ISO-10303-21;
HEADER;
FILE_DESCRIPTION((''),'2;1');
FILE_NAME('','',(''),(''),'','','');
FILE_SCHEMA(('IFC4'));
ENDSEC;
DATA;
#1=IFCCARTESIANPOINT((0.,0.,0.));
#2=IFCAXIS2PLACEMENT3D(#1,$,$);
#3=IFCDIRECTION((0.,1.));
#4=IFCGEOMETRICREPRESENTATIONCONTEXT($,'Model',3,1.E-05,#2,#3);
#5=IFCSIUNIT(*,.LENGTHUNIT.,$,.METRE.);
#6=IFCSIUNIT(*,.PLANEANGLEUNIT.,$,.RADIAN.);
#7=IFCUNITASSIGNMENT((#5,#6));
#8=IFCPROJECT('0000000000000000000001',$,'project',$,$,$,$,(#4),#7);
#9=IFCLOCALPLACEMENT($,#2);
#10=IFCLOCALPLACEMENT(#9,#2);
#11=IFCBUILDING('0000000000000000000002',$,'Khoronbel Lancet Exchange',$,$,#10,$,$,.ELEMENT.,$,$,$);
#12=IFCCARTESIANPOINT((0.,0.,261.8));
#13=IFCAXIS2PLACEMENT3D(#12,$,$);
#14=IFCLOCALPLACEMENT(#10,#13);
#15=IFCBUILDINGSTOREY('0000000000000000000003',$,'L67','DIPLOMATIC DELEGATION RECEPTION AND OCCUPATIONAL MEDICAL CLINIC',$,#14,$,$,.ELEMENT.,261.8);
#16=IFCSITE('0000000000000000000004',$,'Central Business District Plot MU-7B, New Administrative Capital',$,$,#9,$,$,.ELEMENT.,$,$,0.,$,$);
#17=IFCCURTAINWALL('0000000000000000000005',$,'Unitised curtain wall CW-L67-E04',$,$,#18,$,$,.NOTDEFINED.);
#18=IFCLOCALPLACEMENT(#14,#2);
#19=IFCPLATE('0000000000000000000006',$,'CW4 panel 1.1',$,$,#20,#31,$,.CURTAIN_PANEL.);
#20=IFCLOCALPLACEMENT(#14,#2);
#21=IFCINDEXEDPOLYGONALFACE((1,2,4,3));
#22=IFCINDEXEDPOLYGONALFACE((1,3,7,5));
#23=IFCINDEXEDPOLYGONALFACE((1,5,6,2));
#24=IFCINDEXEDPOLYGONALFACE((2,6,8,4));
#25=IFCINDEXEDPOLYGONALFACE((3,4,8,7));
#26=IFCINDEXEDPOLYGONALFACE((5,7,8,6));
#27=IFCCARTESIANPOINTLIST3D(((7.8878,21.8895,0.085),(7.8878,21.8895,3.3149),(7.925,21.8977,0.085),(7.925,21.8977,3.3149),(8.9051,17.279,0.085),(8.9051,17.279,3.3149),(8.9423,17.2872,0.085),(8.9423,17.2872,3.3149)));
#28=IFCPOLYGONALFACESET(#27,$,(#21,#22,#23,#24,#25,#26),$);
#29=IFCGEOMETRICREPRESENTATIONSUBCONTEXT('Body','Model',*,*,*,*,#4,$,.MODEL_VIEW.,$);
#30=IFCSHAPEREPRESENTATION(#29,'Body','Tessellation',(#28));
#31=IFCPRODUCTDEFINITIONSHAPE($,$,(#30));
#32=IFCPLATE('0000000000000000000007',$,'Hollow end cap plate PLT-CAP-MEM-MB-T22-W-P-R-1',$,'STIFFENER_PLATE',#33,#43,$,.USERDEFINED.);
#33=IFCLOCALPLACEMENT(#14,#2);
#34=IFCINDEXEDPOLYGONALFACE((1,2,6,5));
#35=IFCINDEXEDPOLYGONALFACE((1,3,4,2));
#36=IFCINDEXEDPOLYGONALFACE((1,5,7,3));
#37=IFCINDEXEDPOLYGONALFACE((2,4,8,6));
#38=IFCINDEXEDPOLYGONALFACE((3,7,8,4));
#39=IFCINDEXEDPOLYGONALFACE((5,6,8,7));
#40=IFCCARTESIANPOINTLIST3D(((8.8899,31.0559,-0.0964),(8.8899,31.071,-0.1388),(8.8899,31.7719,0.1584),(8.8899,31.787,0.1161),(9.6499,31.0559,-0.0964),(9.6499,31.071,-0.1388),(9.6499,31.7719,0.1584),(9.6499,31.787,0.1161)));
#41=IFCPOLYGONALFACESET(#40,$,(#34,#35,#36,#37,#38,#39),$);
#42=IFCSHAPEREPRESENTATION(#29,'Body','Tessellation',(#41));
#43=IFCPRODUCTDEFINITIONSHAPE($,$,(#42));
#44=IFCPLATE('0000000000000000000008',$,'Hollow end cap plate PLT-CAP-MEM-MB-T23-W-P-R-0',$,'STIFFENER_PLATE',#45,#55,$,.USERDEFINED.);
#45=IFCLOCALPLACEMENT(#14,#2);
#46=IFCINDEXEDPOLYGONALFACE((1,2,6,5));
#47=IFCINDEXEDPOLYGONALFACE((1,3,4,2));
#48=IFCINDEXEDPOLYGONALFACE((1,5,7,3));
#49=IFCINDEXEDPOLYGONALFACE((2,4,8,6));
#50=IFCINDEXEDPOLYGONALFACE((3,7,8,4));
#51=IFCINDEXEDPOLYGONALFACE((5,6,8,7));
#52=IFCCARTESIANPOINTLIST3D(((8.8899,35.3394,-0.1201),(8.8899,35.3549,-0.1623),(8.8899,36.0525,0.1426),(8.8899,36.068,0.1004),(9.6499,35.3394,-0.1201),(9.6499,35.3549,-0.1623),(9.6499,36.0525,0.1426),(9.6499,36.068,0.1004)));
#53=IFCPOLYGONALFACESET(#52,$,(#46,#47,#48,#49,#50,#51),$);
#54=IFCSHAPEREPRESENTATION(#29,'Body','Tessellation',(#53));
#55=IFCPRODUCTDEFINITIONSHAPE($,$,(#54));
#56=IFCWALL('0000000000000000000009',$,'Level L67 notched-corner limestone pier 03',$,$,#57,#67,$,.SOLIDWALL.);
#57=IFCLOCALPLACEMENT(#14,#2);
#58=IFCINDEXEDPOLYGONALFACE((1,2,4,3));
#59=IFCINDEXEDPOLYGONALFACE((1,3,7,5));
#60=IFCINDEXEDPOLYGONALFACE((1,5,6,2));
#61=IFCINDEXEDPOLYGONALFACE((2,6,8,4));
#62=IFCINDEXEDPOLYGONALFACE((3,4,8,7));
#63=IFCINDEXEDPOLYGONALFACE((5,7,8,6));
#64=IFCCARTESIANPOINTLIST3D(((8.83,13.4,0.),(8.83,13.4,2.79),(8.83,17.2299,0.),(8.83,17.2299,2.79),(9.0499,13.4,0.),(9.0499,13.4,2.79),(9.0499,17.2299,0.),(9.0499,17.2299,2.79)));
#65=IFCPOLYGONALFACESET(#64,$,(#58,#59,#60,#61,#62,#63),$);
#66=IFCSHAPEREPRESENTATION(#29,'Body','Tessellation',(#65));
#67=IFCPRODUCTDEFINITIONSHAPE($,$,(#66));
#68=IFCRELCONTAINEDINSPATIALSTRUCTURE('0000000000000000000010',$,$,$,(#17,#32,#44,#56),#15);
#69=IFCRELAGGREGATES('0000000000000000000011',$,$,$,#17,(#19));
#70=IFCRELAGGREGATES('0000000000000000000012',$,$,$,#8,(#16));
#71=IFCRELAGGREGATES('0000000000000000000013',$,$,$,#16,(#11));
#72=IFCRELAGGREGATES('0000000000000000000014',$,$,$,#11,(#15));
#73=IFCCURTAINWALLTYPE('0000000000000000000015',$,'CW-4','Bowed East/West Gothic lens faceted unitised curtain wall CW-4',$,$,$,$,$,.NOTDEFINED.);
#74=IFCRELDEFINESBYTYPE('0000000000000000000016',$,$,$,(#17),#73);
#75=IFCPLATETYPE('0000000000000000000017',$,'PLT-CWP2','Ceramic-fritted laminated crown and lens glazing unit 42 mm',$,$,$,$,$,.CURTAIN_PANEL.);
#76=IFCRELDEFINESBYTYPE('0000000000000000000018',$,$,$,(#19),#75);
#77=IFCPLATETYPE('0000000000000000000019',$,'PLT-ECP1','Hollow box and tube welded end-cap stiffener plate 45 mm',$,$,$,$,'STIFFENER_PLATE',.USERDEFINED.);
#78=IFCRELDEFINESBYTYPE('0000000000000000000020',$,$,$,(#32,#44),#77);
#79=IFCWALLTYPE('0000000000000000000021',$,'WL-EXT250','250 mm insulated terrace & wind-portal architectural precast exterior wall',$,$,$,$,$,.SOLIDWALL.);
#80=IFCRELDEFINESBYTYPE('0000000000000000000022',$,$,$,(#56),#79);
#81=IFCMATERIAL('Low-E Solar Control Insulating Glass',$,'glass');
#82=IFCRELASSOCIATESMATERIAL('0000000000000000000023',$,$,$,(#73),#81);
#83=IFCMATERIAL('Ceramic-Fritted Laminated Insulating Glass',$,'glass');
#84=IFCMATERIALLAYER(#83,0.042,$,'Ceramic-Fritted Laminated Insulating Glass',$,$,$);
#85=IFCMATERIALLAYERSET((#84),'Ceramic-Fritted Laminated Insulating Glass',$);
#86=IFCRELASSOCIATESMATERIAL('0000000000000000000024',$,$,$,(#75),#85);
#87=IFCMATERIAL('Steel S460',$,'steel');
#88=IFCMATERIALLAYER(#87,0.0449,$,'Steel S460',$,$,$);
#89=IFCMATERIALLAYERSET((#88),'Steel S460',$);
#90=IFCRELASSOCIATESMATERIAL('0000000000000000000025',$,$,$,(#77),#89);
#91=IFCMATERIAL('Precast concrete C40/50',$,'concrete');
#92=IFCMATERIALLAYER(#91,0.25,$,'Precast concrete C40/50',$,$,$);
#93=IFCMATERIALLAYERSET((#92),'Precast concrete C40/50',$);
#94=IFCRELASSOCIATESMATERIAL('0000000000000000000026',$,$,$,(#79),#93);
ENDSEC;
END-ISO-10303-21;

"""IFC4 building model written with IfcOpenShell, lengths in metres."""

from ifc_helpers import new_model, si_unit, direction, frame, frame_2d, origin, origin_2d, place, context, subcontext, project, spatial, polyline, rectangle, outline, extrude, material, layer, layer_set, type_object, element, aggregate, save


model = new_model("IFC4")

# Units and contexts
model_context = context("Model", 3, precision=1e-05, world=origin(), true_north=direction((0.0, 1.0)))
body_context = subcontext(model_context, "Body", "Model", "MODEL_VIEW")
ifc_project = project(units=[si_unit("LENGTHUNIT", "METRE"), si_unit("PLANEANGLEUNIT", "RADIAN")], contexts=[model_context])

# Site, building, storey
site_placement = place(None, origin())
site = spatial("IfcSite", under=ifc_project, at=site_placement, Name="Central Business District Plot MU-7B, New Administrative Capital", CompositionType="ELEMENT", RefElevation=0.0)
building_placement = place(site_placement, origin())
building = spatial("IfcBuilding", under=site, at=building_placement, Name="Khoronbel Lancet Exchange", CompositionType="ELEMENT")
storey_placement = place(building_placement, frame((0.0, 0.0, 261.8)))
storey = spatial("IfcBuildingStorey", under=building, at=storey_placement, Name="L67", Description="DIPLOMATIC DELEGATION RECEPTION AND OCCUPATIONAL MEDICAL CLINIC", CompositionType="ELEMENT", Elevation=261.8)

# Curtain wall
ifc_material_1 = material(Name="Low-E Solar Control Insulating Glass", Category="glass")
curtain_wall_type = type_object("IfcCurtainWallType", Name="CW-4", Description="Bowed East/West Gothic lens faceted unitised curtain wall CW-4", PredefinedType="NOTDEFINED", material=ifc_material_1)
curtain_wall_1_placement = place(storey_placement, origin())
curtain_wall_1 = element("IfcCurtainWall", 1, at=curtain_wall_1_placement, inside=storey, type_object=curtain_wall_type, Name="Unitised curtain wall CW-L67-E04", PredefinedType="NOTDEFINED")

# Plate
ifc_material_2 = material(Name="Ceramic-Fritted Laminated Insulating Glass", Category="glass")
ifc_layer_1 = layer(ifc_material_2, 0.042, Name="Ceramic-Fritted Laminated Insulating Glass")
ifc_layer_set_1 = layer_set([ifc_layer_1], Name="Ceramic-Fritted Laminated Insulating Glass")
plate_type_1 = type_object("IfcPlateType", Name="PLT-CWP2", Description="Ceramic-fritted laminated crown and lens glazing unit 42 mm", PredefinedType="CURTAIN_PANEL", material=ifc_layer_set_1)
plate_1_placement = place(storey_placement, frame((8.415, 19.5884, 0.085), z_axis=(0.0, 0.0, 1.0), x_axis=(-0.215476, 0.976509, 0.0)))
plate_1 = element("IfcPlate", 2, at=plate_1_placement, type_object=plate_type_1, Name="CW4 panel 1.1", PredefinedType="CURTAIN_PANEL", context=body_context, shape_type="SweptSolid", body=[
    extrude(rectangle(XDim=4.7214, YDim=0.0381, at=origin_2d()), origin(), (0.0, 0.0, 1.0), 3.23),
])
aggregate(curtain_wall_1, [plate_1])

# Plates
ifc_material_3 = material(Name="Steel S460", Category="steel")
ifc_layer_2 = layer(ifc_material_3, 0.0449, Name="Steel S460")
ifc_layer_set_2 = layer_set([ifc_layer_2], Name="Steel S460")
plate_type_2 = type_object("IfcPlateType", Name="PLT-ECP1", Description="Hollow box and tube welded end-cap stiffener plate 45 mm", ElementType="STIFFENER_PLATE", PredefinedType="USERDEFINED", material=ifc_layer_set_2)
for number, where, z_axis, x_axis, name in (
    (3, (8.8899, 31.0559, -0.0964), (0.0, -0.335339, 0.942097), (1.0, 0.0, 0.0), "Hollow end cap plate PLT-CAP-MEM-MB-T22-W-P-R-1"),
    (4, (8.8899, 35.3394, -0.1201), (0.0, -0.345661, 0.93836), (1.0, 0.0, 0.0), "Hollow end cap plate PLT-CAP-MEM-MB-T23-W-P-R-0"),
):
    element("IfcPlate", number, at=place(storey_placement, frame(where, z_axis=z_axis, x_axis=x_axis)), inside=storey, type_object=plate_type_2, Name=name, ObjectType="STIFFENER_PLATE", PredefinedType="USERDEFINED", context=body_context, shape_type="SweptSolid", body=[
        extrude(outline(polyline([(0.0, 0.0), (0.76, 0.0), (0.76, 0.76), (0.0, 0.76), (0.0, 0.0)])), origin(), (0.0, 0.0, -1.0), 0.0449),
    ])

# Wall
ifc_material_4 = material(Name="Precast concrete C40/50", Category="concrete")
ifc_layer_3 = layer(ifc_material_4, 0.25, Name="Precast concrete C40/50")
ifc_layer_set_3 = layer_set([ifc_layer_3], Name="Precast concrete C40/50")
wall_type = type_object("IfcWallType", Name="WL-EXT250", Description="250 mm insulated terrace & wind-portal architectural precast exterior wall", PredefinedType="SOLIDWALL", material=ifc_layer_set_3)
wall_placement = place(storey_placement, frame((8.9399, 13.3999, 0.0), z_axis=(0.0, 0.0, 1.0), x_axis=(0.0, 1.0, 0.0)))
element("IfcWall", 5, at=wall_placement, inside=storey, type_object=wall_type, Name="Level L67 notched-corner limestone pier 03", PredefinedType="SOLIDWALL", context=body_context, shape_type="SweptSolid", body=[
    extrude(rectangle(XDim=3.8298, YDim=0.22, at=frame_2d((1.915, 0.0))), origin(), (0.0, 0.0, 1.0), 2.79),
])

save(model, "model.ifc")
